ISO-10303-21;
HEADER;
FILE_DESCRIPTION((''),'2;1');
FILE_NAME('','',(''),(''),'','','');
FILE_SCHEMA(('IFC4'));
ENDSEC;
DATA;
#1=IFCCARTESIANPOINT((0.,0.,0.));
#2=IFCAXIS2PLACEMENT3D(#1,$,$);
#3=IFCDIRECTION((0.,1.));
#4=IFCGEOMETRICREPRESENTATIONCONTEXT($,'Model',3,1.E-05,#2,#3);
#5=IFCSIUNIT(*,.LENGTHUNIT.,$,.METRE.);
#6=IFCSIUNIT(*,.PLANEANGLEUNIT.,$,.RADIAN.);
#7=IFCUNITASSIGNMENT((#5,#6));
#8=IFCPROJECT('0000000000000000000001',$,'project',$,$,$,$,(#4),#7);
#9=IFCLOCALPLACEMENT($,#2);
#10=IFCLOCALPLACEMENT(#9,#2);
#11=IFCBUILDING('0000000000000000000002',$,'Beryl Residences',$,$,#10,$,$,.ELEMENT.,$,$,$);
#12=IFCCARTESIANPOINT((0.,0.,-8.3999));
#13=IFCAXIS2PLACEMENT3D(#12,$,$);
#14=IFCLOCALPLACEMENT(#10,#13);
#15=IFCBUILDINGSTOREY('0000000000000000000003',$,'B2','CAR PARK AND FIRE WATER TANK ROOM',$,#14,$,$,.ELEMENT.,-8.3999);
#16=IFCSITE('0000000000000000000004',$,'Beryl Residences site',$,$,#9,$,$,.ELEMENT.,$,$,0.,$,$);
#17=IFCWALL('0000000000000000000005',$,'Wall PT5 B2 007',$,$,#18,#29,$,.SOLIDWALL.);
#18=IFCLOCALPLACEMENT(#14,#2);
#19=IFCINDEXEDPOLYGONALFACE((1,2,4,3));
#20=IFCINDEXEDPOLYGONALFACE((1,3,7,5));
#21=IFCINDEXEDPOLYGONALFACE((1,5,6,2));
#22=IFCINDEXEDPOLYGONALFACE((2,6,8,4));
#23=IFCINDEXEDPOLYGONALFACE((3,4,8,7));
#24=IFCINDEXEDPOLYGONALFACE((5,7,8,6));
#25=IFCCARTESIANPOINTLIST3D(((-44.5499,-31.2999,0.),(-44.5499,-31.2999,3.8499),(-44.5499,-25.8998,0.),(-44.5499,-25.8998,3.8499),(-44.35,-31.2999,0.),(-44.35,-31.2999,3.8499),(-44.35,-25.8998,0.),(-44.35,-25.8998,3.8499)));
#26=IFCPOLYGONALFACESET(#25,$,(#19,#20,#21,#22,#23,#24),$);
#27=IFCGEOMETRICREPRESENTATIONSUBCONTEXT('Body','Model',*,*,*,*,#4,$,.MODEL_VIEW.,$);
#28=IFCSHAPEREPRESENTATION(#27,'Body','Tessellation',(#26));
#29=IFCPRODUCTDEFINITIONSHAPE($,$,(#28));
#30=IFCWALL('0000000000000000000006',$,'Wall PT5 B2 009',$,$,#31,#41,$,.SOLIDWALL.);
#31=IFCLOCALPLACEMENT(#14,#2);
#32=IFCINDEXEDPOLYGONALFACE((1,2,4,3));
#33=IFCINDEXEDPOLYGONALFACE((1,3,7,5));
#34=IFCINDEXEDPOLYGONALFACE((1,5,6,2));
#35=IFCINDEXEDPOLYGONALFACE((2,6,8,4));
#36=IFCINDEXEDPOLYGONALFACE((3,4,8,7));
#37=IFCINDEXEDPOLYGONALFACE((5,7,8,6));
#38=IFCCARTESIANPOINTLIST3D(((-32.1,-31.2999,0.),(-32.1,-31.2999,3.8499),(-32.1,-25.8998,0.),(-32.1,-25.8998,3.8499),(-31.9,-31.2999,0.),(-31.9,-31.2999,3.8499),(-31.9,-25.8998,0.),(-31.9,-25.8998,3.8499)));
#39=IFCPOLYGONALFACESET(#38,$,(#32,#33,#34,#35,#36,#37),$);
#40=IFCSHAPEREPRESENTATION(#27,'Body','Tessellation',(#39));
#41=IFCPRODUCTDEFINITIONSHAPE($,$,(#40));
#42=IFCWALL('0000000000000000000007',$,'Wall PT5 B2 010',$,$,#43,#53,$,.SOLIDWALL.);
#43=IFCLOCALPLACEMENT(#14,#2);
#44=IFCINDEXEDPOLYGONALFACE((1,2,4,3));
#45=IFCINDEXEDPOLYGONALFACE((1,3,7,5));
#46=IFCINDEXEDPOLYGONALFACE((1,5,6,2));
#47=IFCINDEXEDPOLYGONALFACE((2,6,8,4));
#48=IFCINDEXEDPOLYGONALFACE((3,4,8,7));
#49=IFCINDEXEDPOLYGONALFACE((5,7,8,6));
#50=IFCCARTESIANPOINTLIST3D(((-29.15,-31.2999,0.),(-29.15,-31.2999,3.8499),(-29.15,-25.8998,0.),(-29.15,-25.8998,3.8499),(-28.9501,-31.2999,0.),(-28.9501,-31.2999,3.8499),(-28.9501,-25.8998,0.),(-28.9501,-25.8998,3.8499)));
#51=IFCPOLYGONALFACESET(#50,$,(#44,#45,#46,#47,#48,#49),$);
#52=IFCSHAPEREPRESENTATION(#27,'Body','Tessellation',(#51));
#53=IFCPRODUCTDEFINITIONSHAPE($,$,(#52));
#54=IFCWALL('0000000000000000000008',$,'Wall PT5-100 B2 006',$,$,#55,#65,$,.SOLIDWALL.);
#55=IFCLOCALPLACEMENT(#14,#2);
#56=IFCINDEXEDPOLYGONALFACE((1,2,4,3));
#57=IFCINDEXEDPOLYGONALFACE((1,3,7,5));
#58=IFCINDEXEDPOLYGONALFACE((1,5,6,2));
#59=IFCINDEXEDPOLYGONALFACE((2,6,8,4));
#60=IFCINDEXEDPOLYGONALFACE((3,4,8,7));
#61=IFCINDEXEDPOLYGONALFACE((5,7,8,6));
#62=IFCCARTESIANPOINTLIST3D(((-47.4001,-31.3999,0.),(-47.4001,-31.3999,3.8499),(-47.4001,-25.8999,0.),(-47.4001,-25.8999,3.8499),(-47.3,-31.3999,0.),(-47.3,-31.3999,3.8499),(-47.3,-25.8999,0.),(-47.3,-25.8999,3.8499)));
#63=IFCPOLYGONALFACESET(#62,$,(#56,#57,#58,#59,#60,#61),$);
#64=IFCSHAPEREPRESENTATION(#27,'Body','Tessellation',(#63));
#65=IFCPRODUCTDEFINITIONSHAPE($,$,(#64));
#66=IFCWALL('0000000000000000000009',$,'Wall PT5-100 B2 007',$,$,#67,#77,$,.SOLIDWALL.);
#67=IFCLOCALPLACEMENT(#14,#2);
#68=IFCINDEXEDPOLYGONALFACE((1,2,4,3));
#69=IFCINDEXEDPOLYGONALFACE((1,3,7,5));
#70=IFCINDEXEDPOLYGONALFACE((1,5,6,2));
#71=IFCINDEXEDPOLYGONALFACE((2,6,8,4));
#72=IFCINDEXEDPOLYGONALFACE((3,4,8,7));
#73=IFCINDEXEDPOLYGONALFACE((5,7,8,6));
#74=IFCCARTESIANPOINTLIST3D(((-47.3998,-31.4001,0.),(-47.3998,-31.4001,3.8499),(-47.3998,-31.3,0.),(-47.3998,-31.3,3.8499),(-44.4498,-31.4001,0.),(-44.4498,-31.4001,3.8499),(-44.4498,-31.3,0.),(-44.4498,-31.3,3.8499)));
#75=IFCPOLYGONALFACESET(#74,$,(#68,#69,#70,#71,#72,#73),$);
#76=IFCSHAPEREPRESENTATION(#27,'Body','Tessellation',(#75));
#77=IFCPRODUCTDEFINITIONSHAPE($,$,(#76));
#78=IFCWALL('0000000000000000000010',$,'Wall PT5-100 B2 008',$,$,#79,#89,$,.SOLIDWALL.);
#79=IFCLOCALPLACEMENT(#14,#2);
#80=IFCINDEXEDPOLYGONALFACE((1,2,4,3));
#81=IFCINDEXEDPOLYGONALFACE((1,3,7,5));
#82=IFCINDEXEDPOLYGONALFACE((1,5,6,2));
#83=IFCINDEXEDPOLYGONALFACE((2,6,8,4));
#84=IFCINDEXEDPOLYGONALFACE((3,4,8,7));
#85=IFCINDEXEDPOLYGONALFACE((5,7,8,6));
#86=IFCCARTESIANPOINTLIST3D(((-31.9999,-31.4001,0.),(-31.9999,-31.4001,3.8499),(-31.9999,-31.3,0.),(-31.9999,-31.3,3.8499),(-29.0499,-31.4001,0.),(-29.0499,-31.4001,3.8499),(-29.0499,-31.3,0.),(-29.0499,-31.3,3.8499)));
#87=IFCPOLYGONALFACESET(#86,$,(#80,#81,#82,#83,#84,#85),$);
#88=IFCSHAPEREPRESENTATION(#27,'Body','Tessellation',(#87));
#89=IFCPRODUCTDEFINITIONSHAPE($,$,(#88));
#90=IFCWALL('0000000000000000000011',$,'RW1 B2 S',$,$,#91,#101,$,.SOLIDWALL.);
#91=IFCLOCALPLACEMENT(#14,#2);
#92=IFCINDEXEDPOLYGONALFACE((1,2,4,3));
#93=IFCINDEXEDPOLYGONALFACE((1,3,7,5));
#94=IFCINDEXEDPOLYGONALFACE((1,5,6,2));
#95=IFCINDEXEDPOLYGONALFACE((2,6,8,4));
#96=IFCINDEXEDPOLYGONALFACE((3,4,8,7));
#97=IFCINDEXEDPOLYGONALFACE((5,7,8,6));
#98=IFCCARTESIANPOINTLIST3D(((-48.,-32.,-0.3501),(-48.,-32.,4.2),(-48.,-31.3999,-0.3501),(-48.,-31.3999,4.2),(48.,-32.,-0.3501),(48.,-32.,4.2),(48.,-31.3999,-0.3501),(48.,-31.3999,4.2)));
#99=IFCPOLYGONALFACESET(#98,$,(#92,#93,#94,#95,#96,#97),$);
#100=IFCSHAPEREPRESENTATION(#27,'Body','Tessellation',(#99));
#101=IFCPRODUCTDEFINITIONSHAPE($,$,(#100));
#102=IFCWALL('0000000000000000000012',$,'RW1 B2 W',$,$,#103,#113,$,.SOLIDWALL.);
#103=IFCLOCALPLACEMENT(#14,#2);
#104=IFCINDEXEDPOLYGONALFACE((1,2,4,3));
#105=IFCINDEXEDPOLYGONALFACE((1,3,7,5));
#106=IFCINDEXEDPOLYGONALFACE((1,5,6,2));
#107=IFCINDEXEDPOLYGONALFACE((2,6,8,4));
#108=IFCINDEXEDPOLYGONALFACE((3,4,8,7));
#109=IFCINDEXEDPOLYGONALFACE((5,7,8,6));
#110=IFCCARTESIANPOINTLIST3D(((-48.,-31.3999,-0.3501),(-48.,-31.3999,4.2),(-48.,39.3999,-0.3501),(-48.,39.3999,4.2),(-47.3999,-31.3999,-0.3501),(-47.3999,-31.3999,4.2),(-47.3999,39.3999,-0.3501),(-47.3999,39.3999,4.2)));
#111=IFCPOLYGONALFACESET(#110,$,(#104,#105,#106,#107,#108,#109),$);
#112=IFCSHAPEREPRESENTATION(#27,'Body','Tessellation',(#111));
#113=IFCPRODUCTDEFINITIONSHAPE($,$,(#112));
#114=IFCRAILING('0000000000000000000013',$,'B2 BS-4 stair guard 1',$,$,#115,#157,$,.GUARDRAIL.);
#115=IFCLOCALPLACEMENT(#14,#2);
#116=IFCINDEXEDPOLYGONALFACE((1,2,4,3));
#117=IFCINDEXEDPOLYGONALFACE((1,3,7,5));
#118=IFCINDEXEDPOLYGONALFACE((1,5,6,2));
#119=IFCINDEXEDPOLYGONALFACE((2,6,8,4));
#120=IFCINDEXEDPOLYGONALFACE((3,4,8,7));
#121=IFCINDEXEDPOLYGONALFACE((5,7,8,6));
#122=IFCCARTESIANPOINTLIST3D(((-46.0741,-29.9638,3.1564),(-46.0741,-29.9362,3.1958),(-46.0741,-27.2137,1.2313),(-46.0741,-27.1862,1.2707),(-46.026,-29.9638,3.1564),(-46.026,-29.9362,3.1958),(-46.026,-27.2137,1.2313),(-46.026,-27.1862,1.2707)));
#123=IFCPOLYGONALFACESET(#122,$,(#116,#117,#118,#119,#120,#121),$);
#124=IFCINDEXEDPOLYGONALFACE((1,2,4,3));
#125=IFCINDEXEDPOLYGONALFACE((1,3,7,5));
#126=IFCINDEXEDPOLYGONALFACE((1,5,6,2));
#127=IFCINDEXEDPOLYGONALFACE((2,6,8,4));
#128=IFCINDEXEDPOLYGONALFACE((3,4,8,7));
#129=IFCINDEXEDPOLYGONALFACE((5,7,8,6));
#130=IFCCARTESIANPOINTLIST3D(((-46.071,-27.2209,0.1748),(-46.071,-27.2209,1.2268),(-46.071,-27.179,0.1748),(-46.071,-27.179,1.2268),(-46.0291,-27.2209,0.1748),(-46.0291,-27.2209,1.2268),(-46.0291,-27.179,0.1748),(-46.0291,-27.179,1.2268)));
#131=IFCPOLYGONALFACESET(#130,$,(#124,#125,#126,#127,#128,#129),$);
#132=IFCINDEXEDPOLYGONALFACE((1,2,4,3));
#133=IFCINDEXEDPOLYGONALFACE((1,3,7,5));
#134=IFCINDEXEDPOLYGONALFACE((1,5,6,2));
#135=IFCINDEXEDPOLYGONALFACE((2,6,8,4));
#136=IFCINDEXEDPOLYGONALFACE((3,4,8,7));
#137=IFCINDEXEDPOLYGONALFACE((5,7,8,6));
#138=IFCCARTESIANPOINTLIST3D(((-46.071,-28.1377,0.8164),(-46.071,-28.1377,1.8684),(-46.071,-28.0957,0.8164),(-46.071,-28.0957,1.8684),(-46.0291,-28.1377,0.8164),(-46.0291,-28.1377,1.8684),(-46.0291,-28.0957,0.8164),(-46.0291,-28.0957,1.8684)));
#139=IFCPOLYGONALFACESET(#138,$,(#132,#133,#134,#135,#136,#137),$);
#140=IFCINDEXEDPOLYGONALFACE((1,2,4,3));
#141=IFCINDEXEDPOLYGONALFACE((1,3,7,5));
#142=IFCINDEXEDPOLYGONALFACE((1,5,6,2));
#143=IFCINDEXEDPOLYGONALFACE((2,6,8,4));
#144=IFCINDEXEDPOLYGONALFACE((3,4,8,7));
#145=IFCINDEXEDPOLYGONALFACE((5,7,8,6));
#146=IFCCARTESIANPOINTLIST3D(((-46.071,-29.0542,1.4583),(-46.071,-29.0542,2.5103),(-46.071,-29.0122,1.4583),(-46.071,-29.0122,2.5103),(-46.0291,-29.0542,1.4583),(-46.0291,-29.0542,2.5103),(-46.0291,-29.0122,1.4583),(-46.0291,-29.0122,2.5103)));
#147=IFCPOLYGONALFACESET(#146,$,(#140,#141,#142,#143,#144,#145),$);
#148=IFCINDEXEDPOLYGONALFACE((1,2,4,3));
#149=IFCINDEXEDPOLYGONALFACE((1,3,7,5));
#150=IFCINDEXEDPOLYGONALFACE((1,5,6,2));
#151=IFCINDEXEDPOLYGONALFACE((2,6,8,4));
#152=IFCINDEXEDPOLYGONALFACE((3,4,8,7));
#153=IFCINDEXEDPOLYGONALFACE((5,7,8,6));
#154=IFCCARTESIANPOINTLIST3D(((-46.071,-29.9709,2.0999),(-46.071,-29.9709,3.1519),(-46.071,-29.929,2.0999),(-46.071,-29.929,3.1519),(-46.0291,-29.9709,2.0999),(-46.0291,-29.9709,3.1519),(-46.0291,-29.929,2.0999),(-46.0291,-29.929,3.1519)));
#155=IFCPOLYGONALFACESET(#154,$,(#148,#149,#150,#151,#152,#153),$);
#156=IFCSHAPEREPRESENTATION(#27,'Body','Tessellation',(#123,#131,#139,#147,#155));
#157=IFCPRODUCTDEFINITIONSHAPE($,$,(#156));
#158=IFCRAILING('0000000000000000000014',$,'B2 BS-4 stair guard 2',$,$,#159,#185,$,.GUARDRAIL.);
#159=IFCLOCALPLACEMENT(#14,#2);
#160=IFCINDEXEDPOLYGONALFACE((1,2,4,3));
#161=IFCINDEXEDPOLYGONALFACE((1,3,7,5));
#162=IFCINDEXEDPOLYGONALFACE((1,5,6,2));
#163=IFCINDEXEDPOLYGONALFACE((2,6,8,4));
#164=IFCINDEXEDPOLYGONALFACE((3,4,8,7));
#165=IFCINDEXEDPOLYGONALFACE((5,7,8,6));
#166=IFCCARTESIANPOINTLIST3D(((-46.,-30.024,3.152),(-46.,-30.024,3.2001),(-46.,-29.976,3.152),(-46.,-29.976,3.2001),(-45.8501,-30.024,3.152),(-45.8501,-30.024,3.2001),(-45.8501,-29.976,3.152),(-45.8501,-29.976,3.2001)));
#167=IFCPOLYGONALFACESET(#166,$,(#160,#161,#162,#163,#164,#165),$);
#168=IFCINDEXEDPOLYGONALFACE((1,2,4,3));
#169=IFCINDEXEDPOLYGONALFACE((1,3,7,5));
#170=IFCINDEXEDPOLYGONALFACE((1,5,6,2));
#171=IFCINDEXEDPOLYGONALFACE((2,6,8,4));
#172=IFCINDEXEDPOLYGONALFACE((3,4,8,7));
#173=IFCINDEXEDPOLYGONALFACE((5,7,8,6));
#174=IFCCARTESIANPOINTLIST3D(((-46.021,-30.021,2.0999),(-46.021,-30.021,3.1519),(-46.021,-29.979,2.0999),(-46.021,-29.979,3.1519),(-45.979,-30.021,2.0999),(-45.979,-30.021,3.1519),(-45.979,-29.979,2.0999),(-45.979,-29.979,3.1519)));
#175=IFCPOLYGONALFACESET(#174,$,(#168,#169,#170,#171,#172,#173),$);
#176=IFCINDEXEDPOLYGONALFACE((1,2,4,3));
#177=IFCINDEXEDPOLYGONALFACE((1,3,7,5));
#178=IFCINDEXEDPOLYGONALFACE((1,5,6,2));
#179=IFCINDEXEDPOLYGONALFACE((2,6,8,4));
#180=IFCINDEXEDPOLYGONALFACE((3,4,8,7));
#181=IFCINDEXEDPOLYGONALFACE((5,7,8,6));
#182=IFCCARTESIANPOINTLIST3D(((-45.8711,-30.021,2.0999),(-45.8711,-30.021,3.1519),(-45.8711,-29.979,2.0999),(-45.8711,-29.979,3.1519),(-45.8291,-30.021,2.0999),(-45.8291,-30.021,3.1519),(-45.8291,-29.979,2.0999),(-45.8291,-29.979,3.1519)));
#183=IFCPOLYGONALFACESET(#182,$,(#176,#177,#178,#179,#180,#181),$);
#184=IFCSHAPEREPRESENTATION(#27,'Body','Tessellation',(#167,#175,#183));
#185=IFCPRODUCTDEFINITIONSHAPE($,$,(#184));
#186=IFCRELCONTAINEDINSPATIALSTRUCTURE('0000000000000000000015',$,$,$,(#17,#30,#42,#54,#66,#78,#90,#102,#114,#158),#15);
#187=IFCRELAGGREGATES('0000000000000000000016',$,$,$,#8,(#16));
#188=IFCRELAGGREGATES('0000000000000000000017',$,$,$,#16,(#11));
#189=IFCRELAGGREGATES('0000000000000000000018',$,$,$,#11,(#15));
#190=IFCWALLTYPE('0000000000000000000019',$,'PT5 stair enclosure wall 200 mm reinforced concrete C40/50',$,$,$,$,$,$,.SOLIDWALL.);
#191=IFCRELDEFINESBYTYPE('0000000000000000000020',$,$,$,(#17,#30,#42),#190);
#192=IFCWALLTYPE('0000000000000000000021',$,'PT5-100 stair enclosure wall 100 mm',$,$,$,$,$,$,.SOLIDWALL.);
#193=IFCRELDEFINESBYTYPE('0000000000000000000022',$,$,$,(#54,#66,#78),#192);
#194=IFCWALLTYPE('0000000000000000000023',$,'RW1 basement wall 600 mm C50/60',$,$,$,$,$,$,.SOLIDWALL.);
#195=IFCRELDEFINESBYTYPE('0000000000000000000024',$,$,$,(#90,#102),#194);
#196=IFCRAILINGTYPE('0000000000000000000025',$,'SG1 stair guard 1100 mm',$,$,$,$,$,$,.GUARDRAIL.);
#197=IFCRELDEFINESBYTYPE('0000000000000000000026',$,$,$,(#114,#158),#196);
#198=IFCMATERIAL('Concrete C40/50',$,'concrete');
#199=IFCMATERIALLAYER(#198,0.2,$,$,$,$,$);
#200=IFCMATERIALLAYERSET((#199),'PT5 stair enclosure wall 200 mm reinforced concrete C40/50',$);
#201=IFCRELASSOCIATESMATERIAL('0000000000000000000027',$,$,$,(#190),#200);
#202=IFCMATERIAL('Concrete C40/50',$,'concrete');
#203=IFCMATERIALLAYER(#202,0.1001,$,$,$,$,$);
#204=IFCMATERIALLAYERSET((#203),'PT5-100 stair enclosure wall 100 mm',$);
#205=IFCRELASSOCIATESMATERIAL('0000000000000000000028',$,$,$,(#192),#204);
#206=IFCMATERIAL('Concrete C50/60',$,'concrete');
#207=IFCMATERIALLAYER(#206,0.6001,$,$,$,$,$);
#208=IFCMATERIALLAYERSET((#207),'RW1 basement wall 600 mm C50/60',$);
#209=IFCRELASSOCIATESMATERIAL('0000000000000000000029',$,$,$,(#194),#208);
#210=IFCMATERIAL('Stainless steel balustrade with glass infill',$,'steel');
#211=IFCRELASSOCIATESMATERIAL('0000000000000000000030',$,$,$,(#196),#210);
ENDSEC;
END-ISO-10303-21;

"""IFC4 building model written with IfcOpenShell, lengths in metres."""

from ifc_helpers import new_model, si_unit, direction, frame, frame_2d, origin, origin_2d, place, context, subcontext, project, spatial, rectangle, extrude, material, layer, layer_set, type_object, element, save


model = new_model("IFC4")

# Units and contexts
model_context = context("Model", 3, precision=1e-05, world=origin(), true_north=direction((0.0, 1.0)))
body_context = subcontext(model_context, "Body", "Model", "MODEL_VIEW")
ifc_project = project(units=[si_unit("LENGTHUNIT", "METRE"), si_unit("PLANEANGLEUNIT", "RADIAN")], contexts=[model_context])

# Site, building, storey
site_placement = place(None, origin())
site = spatial("IfcSite", under=ifc_project, at=site_placement, Name="Beryl Residences site", CompositionType="ELEMENT", RefElevation=0.0)
building_placement = place(site_placement, origin())
building = spatial("IfcBuilding", under=site, at=building_placement, Name="Beryl Residences", CompositionType="ELEMENT")
storey_placement = place(building_placement, frame((0.0, 0.0, -8.3999)))
storey = spatial("IfcBuildingStorey", under=building, at=storey_placement, Name="B2", Description="CAR PARK AND FIRE WATER TANK ROOM", CompositionType="ELEMENT", Elevation=-8.3999)

# Shared definitions
ifc_material_1 = material(Name="Concrete C40/50", Category="concrete")
ifc_layer_1 = layer(ifc_material_1, 0.2)
ifc_layer_set_1 = layer_set([ifc_layer_1], Name="PT5 stair enclosure wall 200 mm reinforced concrete C40/50")
wall_type_1 = type_object("IfcWallType", Name="PT5 stair enclosure wall 200 mm reinforced concrete C40/50", PredefinedType="SOLIDWALL", material=ifc_layer_set_1)

# Walls
for number, where, z_axis, x_axis, name in (
    (1, (-44.45, -31.3, 0.0), (0.0, 0.0, 1.0), (0.0, 1.0, 0.0), "Wall PT5 B2 007"),
    (2, (-32.0, -31.3, 0.0), (0.0, 0.0, 1.0), (0.0, 1.0, 0.0), "Wall PT5 B2 009"),
    (3, (-29.05, -31.3, 0.0), (0.0, 0.0, 1.0), (0.0, 1.0, 0.0), "Wall PT5 B2 010"),
):
    element("IfcWall", number, at=place(storey_placement, frame(where, z_axis=z_axis, x_axis=x_axis)), inside=storey, type_object=wall_type_1, Name=name, PredefinedType="SOLIDWALL", context=body_context, shape_type="SweptSolid", body=[
        extrude(rectangle(XDim=5.4001, YDim=0.2, at=frame_2d((2.7002, 0.0))), origin(), (0.0, 0.0, 1.0), 3.8499),
    ])
ifc_material_2 = material(Name="Concrete C40/50", Category="concrete")
ifc_layer_2 = layer(ifc_material_2, 0.1001)
ifc_layer_set_2 = layer_set([ifc_layer_2], Name="PT5-100 stair enclosure wall 100 mm")
wall_type_2 = type_object("IfcWallType", Name="PT5-100 stair enclosure wall 100 mm", PredefinedType="SOLIDWALL", material=ifc_layer_set_2)
wall_1_placement = place(storey_placement, frame((-47.3501, -31.3999, 0.0), z_axis=(0.0, 0.0, 1.0), x_axis=(0.0, 1.0, 0.0)))
element("IfcWall", 4, at=wall_1_placement, inside=storey, type_object=wall_type_2, Name="Wall PT5-100 B2 006", PredefinedType="SOLIDWALL", context=body_context, shape_type="SweptSolid", body=[
    extrude(rectangle(XDim=5.5, YDim=0.1001, at=frame_2d((2.75, 0.0))), origin(), (0.0, 0.0, 1.0), 3.8499),
])
for number, where, z_axis, x_axis, name in (
    (5, (-47.3999, -31.3501, 0.0), (0.0, 0.0, 1.0), (1.0, 0.0, 0.0), "Wall PT5-100 B2 007"),
    (6, (-32.0, -31.3501, 0.0), (0.0, 0.0, 1.0), (1.0, 0.0, 0.0), "Wall PT5-100 B2 008"),
):
    element("IfcWall", number, at=place(storey_placement, frame(where, z_axis=z_axis, x_axis=x_axis)), inside=storey, type_object=wall_type_2, Name=name, PredefinedType="SOLIDWALL", context=body_context, shape_type="SweptSolid", body=[
        extrude(rectangle(XDim=2.95, YDim=0.1001, at=frame_2d((1.4751, 0.0))), origin(), (0.0, 0.0, 1.0), 3.8499),
    ])
ifc_material_3 = material(Name="Concrete C50/60", Category="concrete")
ifc_layer_3 = layer(ifc_material_3, 0.6001)
ifc_layer_set_3 = layer_set([ifc_layer_3], Name="RW1 basement wall 600 mm C50/60")
wall_type_3 = type_object("IfcWallType", Name="RW1 basement wall 600 mm C50/60", PredefinedType="SOLIDWALL", material=ifc_layer_set_3)
wall_2_placement = place(storey_placement, frame((-48.0, -31.7, -0.3501), z_axis=(0.0, 0.0, 1.0), x_axis=(1.0, 0.0, 0.0)))
element("IfcWall", 7, at=wall_2_placement, inside=storey, type_object=wall_type_3, Name="RW1 B2 S", PredefinedType="SOLIDWALL", context=body_context, shape_type="SweptSolid", body=[
    extrude(rectangle(XDim=96.0, YDim=0.6001, at=frame_2d((48.0, 0.0))), origin(), (0.0, 0.0, 1.0), 4.55),
])
wall_3_placement = place(storey_placement, frame((-47.7, -31.3999, -0.3501), z_axis=(0.0, 0.0, 1.0), x_axis=(0.0, 1.0, 0.0)))
element("IfcWall", 8, at=wall_3_placement, inside=storey, type_object=wall_type_3, Name="RW1 B2 W", PredefinedType="SOLIDWALL", context=body_context, shape_type="SweptSolid", body=[
    extrude(rectangle(XDim=70.7998, YDim=0.6001, at=frame_2d((35.3999, 0.0))), origin(), (0.0, 0.0, 1.0), 4.55),
])

# Railings
ifc_material_4 = material(Name="Stainless steel balustrade with glass infill", Category="steel")
railing_type_1 = type_object("IfcRailingType", Name="SG1 stair guard 1100 mm", PredefinedType="GUARDRAIL", material=ifc_material_4)
railing_1_placement = place(storey_placement, frame((-46.05, -27.2, 0.1748)))
element("IfcRailing", 9, at=railing_1_placement, inside=storey, type_object=railing_type_1, Name="B2 BS-4 stair guard 1", PredefinedType="GUARDRAIL", context=body_context, shape_type="SweptSolid", body=[
    extrude(rectangle(XDim=0.0481, YDim=0.0481, at=origin_2d()), frame((0.0, 0.0, 1.0762), z_axis=(0.0, -0.819225, 0.573472), x_axis=(1.0, 0.0, 0.0)), (0.0, 0.0, 1.0), 3.3569),
    extrude(rectangle(XDim=0.042, YDim=0.042, at=origin_2d()), origin(), (0.0, 0.0, 1.0), 1.052),
    extrude(rectangle(XDim=0.042, YDim=0.042, at=origin_2d()), frame((0.0, -0.9167, 0.6416)), (0.0, 0.0, 1.0), 1.052),
    extrude(rectangle(XDim=0.042, YDim=0.042, at=origin_2d()), frame((0.0, -1.8333, 1.2834)), (0.0, 0.0, 1.0), 1.052),
    extrude(rectangle(XDim=0.042, YDim=0.042, at=origin_2d()), frame((0.0, -2.75, 1.925)), (0.0, 0.0, 1.0), 1.052),
])
railing_2_placement = place(storey_placement, frame((-46.0, -30.0, 2.0999)))
element("IfcRailing", 10, at=railing_2_placement, inside=storey, type_object=railing_type_1, Name="B2 BS-4 stair guard 2", PredefinedType="GUARDRAIL", context=body_context, shape_type="SweptSolid", body=[
    extrude(rectangle(XDim=0.0481, YDim=0.0481, at=origin_2d()), frame((0.0, 0.0, 1.0762), z_axis=(1.0, 0.0, 0.0), x_axis=(0.0, 1.0, 0.0)), (0.0, 0.0, 1.0), 0.1499),
    extrude(rectangle(XDim=0.042, YDim=0.042, at=origin_2d()), origin(), (0.0, 0.0, 1.0), 1.052),
    extrude(rectangle(XDim=0.042, YDim=0.042, at=origin_2d()), frame((0.1499, 0.0, 0.0)), (0.0, 0.0, 1.0), 1.052),
])

save(model, "model.ifc")
